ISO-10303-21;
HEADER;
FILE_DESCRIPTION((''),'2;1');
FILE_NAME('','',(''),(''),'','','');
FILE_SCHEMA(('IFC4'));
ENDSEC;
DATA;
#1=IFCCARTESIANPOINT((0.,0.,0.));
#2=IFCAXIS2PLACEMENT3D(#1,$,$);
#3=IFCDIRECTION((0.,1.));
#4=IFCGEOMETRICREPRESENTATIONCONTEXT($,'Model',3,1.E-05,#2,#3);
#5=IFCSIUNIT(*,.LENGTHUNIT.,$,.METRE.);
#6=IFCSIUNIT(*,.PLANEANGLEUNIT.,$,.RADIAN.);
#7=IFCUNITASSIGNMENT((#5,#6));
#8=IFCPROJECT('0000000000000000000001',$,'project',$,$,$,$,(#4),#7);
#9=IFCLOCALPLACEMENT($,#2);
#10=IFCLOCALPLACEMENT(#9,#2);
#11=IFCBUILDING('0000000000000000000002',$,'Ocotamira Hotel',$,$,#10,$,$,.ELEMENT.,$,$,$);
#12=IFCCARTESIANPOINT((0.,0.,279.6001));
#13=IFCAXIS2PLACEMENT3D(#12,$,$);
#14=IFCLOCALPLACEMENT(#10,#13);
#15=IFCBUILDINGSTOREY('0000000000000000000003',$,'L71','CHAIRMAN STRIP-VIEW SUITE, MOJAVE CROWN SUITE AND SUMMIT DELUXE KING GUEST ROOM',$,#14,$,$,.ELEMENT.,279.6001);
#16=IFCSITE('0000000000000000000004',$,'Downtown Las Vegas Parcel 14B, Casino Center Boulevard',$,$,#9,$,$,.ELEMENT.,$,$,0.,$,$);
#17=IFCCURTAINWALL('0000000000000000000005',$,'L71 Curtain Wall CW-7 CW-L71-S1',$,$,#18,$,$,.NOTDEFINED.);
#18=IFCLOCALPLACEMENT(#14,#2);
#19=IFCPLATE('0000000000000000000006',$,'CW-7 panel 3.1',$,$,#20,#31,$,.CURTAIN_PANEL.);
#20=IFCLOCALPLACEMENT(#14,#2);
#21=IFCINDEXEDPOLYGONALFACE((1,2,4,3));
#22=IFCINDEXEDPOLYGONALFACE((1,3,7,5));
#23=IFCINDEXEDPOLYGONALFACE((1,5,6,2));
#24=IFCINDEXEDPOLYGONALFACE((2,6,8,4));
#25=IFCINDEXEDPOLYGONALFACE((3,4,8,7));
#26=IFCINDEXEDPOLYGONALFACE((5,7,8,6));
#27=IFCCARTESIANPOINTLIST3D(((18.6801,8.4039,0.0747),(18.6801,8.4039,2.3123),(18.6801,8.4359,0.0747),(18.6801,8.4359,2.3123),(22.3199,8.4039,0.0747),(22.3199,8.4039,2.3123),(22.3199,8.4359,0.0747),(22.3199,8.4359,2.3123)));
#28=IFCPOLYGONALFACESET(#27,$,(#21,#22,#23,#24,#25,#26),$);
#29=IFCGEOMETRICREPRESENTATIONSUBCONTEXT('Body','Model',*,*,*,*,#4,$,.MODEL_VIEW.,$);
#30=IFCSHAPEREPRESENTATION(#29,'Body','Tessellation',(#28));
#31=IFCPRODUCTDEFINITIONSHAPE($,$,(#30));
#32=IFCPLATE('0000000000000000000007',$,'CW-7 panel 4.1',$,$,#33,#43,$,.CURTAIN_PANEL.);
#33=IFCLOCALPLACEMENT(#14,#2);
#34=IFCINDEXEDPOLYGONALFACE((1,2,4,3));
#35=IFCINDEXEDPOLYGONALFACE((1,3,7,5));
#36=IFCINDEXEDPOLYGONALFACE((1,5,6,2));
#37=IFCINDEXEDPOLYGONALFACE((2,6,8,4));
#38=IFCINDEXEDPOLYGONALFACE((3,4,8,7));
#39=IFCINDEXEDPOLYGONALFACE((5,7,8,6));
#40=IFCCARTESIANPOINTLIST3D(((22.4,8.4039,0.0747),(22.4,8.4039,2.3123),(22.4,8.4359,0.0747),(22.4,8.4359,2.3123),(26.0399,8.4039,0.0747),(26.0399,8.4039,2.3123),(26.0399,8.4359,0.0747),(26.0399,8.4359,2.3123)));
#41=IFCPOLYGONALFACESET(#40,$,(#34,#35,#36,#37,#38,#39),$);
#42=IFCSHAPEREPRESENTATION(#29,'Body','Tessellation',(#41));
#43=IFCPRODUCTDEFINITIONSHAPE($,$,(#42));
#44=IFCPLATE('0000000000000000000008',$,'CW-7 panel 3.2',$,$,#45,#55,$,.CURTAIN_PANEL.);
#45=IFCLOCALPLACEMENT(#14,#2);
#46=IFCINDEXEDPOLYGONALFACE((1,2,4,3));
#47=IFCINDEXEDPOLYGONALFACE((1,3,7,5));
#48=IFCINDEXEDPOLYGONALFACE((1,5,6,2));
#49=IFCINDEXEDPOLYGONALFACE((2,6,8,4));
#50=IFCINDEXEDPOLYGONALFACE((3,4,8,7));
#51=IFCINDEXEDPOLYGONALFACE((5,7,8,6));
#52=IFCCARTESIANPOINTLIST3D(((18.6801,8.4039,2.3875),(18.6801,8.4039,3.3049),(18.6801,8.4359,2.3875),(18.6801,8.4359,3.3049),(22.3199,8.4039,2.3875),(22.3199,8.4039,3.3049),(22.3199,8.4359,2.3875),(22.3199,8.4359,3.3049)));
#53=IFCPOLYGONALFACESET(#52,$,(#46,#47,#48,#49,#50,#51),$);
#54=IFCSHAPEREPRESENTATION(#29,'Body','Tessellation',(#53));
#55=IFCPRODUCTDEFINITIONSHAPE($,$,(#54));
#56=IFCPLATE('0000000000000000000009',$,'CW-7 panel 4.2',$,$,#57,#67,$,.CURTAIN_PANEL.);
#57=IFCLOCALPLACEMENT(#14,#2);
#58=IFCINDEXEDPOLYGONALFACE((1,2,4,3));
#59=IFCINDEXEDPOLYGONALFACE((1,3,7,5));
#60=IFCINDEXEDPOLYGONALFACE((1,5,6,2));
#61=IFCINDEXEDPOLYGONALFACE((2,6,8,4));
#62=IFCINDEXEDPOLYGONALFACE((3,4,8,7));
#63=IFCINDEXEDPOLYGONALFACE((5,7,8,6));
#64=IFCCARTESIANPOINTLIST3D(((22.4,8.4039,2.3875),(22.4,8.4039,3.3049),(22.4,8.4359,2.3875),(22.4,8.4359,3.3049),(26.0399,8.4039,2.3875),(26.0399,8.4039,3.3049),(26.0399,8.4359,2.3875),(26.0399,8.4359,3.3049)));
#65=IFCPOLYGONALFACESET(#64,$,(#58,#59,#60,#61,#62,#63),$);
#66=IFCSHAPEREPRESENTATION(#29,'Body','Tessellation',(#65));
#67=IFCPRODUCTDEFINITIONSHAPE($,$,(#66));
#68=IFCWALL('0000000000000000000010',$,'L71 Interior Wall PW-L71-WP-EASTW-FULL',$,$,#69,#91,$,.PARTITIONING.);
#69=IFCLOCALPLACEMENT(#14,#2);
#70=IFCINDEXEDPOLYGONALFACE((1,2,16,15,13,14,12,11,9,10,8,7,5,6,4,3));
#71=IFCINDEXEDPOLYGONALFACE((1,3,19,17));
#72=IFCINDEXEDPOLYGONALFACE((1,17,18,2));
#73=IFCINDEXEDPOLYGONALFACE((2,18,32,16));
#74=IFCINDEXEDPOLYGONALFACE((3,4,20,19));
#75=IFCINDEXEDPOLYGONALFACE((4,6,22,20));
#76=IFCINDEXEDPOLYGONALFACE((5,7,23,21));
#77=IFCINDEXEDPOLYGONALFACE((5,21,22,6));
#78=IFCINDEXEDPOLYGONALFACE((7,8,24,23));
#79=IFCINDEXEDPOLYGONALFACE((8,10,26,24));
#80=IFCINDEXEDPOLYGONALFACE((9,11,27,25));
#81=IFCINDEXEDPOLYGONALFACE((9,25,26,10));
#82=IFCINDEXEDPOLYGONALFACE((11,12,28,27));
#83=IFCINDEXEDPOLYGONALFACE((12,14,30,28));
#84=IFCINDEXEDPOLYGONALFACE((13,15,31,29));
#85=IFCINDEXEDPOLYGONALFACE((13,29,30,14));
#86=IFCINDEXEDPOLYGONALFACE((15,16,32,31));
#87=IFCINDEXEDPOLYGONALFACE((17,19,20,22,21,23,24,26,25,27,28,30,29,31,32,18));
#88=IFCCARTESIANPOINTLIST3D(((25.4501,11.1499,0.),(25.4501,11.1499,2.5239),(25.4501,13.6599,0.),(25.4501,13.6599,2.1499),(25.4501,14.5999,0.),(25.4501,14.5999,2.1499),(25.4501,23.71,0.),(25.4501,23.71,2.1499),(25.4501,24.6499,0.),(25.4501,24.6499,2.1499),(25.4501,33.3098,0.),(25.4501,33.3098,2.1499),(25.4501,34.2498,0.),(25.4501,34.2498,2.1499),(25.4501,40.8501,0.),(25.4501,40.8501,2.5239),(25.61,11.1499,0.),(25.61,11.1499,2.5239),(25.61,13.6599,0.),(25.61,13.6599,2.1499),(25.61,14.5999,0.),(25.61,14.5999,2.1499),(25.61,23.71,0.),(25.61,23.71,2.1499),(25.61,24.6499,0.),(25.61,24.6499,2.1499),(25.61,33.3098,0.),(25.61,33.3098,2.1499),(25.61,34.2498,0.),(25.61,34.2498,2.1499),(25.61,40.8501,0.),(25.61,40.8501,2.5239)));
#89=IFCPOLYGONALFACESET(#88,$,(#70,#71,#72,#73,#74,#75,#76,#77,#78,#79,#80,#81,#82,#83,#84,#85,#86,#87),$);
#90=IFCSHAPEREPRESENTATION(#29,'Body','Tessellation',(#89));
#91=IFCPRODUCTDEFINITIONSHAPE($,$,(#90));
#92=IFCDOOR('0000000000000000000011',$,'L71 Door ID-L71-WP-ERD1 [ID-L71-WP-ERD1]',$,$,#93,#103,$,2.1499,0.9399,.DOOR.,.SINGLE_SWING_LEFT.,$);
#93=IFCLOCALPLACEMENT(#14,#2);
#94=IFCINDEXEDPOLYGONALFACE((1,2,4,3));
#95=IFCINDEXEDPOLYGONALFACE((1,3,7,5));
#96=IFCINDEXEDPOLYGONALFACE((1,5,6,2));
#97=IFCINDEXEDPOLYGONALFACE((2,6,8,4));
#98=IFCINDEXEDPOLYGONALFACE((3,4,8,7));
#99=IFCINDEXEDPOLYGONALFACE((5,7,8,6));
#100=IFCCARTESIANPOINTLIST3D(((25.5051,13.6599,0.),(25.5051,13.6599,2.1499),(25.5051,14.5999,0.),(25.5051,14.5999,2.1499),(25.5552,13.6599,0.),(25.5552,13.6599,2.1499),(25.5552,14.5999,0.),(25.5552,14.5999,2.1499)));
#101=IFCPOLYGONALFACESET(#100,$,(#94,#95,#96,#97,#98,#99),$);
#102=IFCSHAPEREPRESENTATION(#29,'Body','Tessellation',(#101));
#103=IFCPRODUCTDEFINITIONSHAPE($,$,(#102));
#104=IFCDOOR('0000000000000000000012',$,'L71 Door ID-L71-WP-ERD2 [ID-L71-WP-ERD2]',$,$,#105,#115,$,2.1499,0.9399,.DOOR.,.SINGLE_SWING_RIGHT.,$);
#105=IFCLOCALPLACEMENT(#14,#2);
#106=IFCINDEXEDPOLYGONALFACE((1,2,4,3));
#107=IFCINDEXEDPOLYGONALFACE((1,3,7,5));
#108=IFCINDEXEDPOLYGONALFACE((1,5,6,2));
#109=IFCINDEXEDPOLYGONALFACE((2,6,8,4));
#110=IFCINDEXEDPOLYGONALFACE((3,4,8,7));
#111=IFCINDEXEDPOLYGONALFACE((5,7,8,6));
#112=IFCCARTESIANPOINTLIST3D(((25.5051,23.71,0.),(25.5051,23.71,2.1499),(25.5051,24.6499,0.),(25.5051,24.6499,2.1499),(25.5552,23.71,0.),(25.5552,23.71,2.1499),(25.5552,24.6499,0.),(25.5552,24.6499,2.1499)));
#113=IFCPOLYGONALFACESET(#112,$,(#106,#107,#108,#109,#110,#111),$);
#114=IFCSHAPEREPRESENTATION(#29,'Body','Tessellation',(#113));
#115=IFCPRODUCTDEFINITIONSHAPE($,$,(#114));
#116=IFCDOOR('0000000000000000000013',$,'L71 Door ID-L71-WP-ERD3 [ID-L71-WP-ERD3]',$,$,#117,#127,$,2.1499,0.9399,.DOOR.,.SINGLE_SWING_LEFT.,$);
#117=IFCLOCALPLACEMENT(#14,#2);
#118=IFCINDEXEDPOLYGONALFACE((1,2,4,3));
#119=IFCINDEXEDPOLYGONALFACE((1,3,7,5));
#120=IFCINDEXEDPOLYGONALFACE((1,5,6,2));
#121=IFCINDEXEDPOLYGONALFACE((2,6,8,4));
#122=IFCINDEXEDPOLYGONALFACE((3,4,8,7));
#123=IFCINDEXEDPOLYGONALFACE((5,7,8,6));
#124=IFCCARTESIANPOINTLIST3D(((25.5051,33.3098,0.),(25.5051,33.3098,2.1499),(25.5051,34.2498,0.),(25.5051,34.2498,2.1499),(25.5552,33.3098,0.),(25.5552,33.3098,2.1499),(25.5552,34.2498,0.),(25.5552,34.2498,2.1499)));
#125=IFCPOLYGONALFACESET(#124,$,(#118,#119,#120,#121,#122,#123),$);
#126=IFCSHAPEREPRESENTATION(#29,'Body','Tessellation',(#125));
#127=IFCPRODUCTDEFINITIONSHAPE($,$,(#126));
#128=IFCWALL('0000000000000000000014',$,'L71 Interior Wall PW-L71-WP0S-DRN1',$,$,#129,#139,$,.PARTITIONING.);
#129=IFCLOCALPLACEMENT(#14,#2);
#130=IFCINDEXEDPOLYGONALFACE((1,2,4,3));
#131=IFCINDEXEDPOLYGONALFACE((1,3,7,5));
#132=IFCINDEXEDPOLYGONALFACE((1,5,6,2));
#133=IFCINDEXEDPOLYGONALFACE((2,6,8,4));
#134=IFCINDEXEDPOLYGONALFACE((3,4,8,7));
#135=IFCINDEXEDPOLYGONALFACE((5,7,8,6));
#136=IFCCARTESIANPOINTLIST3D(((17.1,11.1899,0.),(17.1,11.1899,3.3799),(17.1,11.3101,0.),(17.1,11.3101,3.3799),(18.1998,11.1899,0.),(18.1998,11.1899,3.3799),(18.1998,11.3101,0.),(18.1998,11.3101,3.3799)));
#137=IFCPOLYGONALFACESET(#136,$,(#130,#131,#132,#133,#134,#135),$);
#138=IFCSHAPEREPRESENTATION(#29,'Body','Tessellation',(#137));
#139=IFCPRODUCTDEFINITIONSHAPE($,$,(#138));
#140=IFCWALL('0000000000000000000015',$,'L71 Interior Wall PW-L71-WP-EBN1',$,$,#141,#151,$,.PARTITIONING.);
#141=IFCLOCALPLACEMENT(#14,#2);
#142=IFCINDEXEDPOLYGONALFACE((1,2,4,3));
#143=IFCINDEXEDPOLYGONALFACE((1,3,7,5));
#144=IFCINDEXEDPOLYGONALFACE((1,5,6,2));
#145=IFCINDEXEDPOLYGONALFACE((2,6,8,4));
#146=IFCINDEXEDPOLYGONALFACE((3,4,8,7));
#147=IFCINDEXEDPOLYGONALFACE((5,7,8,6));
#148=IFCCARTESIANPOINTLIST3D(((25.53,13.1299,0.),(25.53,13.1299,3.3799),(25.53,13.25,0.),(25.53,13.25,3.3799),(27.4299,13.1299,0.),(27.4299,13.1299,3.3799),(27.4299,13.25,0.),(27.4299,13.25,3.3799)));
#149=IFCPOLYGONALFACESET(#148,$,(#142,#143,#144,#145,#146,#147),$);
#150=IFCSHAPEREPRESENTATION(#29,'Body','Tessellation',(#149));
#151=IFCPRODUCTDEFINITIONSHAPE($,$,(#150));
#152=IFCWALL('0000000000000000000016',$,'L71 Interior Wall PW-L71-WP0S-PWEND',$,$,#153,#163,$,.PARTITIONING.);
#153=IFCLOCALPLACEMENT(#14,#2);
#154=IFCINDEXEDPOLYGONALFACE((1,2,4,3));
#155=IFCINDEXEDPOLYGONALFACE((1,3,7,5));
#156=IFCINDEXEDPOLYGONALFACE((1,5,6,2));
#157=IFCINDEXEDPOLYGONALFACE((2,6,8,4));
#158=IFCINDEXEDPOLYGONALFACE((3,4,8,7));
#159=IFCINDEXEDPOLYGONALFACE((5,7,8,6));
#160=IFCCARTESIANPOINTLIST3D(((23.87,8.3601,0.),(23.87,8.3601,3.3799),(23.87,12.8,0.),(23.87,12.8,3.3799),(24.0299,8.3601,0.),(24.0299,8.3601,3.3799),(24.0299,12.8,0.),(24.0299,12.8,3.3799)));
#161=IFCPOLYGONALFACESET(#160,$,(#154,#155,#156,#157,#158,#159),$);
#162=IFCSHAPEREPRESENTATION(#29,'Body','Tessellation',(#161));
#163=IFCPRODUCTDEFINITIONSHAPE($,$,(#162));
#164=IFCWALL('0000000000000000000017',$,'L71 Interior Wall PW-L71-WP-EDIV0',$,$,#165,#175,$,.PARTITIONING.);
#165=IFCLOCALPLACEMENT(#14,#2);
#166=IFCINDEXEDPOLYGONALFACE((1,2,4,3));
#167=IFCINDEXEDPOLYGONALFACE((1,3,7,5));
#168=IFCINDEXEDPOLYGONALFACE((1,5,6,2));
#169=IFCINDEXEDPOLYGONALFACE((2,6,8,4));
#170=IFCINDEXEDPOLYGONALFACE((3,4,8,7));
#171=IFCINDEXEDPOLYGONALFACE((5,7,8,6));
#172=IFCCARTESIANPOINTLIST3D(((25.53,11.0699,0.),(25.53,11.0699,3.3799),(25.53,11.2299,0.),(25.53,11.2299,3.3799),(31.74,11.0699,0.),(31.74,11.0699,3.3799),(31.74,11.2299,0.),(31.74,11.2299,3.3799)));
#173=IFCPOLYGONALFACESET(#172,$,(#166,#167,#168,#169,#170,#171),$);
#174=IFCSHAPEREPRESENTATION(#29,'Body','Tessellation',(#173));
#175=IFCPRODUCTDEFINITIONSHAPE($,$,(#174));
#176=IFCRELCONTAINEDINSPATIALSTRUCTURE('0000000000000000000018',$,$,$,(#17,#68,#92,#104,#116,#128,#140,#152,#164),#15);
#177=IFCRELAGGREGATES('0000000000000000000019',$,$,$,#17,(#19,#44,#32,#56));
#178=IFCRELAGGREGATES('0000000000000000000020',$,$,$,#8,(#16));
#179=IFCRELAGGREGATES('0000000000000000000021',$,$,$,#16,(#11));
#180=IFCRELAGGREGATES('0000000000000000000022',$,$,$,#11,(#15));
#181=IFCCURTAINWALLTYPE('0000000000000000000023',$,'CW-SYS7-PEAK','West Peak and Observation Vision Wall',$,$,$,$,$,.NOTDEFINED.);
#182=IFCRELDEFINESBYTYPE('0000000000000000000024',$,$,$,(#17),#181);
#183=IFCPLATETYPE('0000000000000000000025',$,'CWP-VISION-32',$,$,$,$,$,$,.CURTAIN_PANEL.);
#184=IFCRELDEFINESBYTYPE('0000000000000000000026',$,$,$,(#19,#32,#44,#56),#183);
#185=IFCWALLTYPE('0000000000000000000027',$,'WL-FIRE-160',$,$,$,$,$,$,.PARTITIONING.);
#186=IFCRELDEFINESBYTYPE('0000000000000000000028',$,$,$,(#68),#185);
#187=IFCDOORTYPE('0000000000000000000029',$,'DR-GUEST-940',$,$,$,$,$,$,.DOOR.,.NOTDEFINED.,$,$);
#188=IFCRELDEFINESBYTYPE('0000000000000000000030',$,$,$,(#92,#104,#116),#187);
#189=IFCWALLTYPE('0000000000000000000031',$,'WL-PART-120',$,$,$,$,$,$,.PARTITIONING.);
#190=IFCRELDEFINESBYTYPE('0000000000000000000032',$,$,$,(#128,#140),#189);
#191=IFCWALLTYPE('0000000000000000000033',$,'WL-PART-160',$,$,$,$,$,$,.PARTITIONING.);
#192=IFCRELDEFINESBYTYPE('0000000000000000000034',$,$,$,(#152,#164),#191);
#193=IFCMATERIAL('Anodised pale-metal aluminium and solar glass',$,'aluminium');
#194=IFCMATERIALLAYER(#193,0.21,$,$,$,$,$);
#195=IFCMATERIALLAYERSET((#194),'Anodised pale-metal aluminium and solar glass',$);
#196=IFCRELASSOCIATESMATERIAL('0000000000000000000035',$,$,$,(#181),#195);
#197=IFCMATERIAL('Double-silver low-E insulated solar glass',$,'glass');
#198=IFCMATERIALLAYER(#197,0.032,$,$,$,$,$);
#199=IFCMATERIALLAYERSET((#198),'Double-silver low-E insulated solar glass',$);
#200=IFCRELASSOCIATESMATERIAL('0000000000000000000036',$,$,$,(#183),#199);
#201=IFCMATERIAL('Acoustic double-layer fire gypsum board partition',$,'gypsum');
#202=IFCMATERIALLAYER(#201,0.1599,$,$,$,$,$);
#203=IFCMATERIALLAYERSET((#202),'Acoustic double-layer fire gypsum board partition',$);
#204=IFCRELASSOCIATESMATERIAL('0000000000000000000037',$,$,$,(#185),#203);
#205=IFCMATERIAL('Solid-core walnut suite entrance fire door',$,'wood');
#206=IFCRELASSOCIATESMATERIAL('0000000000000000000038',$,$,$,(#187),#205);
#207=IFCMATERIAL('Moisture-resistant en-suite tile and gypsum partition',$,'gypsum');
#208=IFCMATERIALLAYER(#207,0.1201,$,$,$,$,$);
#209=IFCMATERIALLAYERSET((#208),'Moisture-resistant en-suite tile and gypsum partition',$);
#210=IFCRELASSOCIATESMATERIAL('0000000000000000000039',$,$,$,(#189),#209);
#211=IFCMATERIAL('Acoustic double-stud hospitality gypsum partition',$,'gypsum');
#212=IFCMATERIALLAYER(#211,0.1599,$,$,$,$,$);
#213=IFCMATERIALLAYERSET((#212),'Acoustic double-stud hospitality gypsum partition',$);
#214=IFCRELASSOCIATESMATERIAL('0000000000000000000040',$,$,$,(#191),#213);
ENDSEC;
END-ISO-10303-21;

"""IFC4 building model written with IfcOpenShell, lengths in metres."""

from ifc_helpers import new_model, si_unit, direction, frame, frame_2d, origin, origin_2d, place, context, subcontext, project, spatial, rectangle, extrude, source, transform, mapped, material, layer, layer_set, type_object, element, fill, aggregate, save


model = new_model("IFC4")

# Units and contexts
model_context = context("Model", 3, precision=1e-05, world=origin(), true_north=direction((0.0, 1.0)))
body_context = subcontext(model_context, "Body", "Model", "MODEL_VIEW")
ifc_project = project(units=[si_unit("LENGTHUNIT", "METRE"), si_unit("PLANEANGLEUNIT", "RADIAN")], contexts=[model_context])

# Site, building, storey
site_placement = place(None, origin())
site = spatial("IfcSite", under=ifc_project, at=site_placement, Name="Downtown Las Vegas Parcel 14B, Casino Center Boulevard", CompositionType="ELEMENT", RefElevation=0.0)
building_placement = place(site_placement, origin())
building = spatial("IfcBuilding", under=site, at=building_placement, Name="Ocotamira Hotel", CompositionType="ELEMENT")
storey_placement = place(building_placement, frame((0.0, 0.0, 279.6001)))
storey = spatial("IfcBuildingStorey", under=building, at=storey_placement, Name="L71", Description="CHAIRMAN STRIP-VIEW SUITE, MOJAVE CROWN SUITE AND SUMMIT DELUXE KING GUEST ROOM", CompositionType="ELEMENT", Elevation=279.6001)

# Curtain wall, plates
ifc_material_1 = material(Name="Anodised pale-metal aluminium and solar glass", Category="aluminium")
ifc_layer_1 = layer(ifc_material_1, 0.21)
ifc_layer_set_1 = layer_set([ifc_layer_1], Name="Anodised pale-metal aluminium and solar glass")
curtain_wall_type = type_object("IfcCurtainWallType", Name="CW-SYS7-PEAK", Description="West Peak and Observation Vision Wall", PredefinedType="NOTDEFINED", material=ifc_layer_set_1)
curtain_wall_placement = place(storey_placement, origin())
curtain_wall = element("IfcCurtainWall", 1, at=curtain_wall_placement, inside=storey, type_object=curtain_wall_type, Name="L71 Curtain Wall CW-7 CW-L71-S1", PredefinedType="NOTDEFINED")
ifc_material_2 = material(Name="Double-silver low-E insulated solar glass", Category="glass")
ifc_layer_2 = layer(ifc_material_2, 0.032)
ifc_layer_set_2 = layer_set([ifc_layer_2], Name="Double-silver low-E insulated solar glass")
plate_type = type_object("IfcPlateType", Name="CWP-VISION-32", PredefinedType="CURTAIN_PANEL", material=ifc_layer_set_2)
shared_shape_1 = source(origin(), body_context, "Body", "SweptSolid", [
    extrude(rectangle(XDim=3.6399, YDim=0.032, at=origin_2d()), origin(), (0.0, 0.0, 1.0), 2.2375),
])
plate_1_placement = place(storey_placement, frame((20.5, 8.4199, 0.0747), z_axis=(0.0, 0.0, 1.0), x_axis=(1.0, 0.0, 0.0)))
plate_1 = element("IfcPlate", 2, at=plate_1_placement, type_object=plate_type, Name="CW-7 panel 3.1", PredefinedType="CURTAIN_PANEL", context=body_context, shape_type="MappedRepresentation", body=[
    mapped(shared_shape_1, transform((0.0, 0.0, 0.0), scale=1.0)),
])
plate_2_placement = place(storey_placement, frame((24.22, 8.4199, 0.0747), z_axis=(0.0, 0.0, 1.0), x_axis=(1.0, 0.0, 0.0)))
plate_2 = element("IfcPlate", 3, at=plate_2_placement, type_object=plate_type, Name="CW-7 panel 4.1", PredefinedType="CURTAIN_PANEL", context=body_context, shape_type="MappedRepresentation", body=[
    mapped(shared_shape_1, transform((0.0, 0.0, 0.0), scale=1.0)),
])
shared_shape_2 = source(origin(), body_context, "Body", "SweptSolid", [
    extrude(rectangle(XDim=3.6399, YDim=0.032, at=origin_2d()), origin(), (0.0, 0.0, 1.0), 0.9175),
])
plate_3_placement = place(storey_placement, frame((20.5, 8.4199, 2.3875), z_axis=(0.0, 0.0, 1.0), x_axis=(1.0, 0.0, 0.0)))
plate_3 = element("IfcPlate", 4, at=plate_3_placement, type_object=plate_type, Name="CW-7 panel 3.2", PredefinedType="CURTAIN_PANEL", context=body_context, shape_type="MappedRepresentation", body=[
    mapped(shared_shape_2, transform((0.0, 0.0, 0.0), scale=1.0)),
])
plate_4_placement = place(storey_placement, frame((24.22, 8.4199, 2.3875), z_axis=(0.0, 0.0, 1.0), x_axis=(1.0, 0.0, 0.0)))
plate_4 = element("IfcPlate", 5, at=plate_4_placement, type_object=plate_type, Name="CW-7 panel 4.2", PredefinedType="CURTAIN_PANEL", context=body_context, shape_type="MappedRepresentation", body=[
    mapped(shared_shape_2, transform((0.0, 0.0, 0.0), scale=1.0)),
])
aggregate(curtain_wall, [plate_1, plate_3, plate_2, plate_4])

# Wall, openings, doors
ifc_material_3 = material(Name="Acoustic double-layer fire gypsum board partition", Category="gypsum")
ifc_layer_3 = layer(ifc_material_3, 0.1599)
ifc_layer_set_3 = layer_set([ifc_layer_3], Name="Acoustic double-layer fire gypsum board partition")
wall_type_1 = type_object("IfcWallType", Name="WL-FIRE-160", PredefinedType="PARTITIONING", material=ifc_layer_set_3)
wall_1_placement = place(storey_placement, frame((25.53, 11.1499, 0.0), z_axis=(0.0, 0.0, 1.0), x_axis=(0.0, 1.0, 0.0)))
wall_1 = element("IfcWall", 6, at=wall_1_placement, inside=storey, type_object=wall_type_1, Name="L71 Interior Wall PW-L71-WP-EASTW-FULL", PredefinedType="PARTITIONING", context=body_context, shape_type="SweptSolid", body=[
    extrude(rectangle(XDim=29.7002, YDim=0.1599, at=frame_2d((14.8501, 0.0))), origin(), (0.0, 0.0, 1.0), 2.5239),
])
opening_1_placement = place(wall_1_placement, frame((2.51, 0.0, 0.0)))
opening_1 = element("IfcOpeningElement", 7, at=opening_1_placement, cuts=wall_1, PredefinedType="OPENING", context=body_context, shape_type="SweptSolid", body=[
    extrude(rectangle(XDim=0.9399, YDim=2.1499, at=frame_2d((0.47, 1.075))), frame((0.0, 0.0898, 0.0), z_axis=(0.0, -1.0, 0.0), x_axis=(1.0, 0.0, 0.0)), (0.0, 0.0, 1.0), 0.1799),
])
opening_2_placement = place(wall_1_placement, frame((12.5601, 0.0, 0.0)))
opening_2 = element("IfcOpeningElement", 8, at=opening_2_placement, cuts=wall_1, PredefinedType="OPENING", context=body_context, shape_type="SweptSolid", body=[
    extrude(rectangle(XDim=0.9399, YDim=2.1499, at=frame_2d((0.47, 1.075))), frame((0.0, 0.0898, 0.0), z_axis=(0.0, -1.0, 0.0), x_axis=(1.0, 0.0, 0.0)), (0.0, 0.0, 1.0), 0.1799),
])
opening_3_placement = place(wall_1_placement, frame((22.1599, 0.0, 0.0)))
opening_3 = element("IfcOpeningElement", 9, at=opening_3_placement, cuts=wall_1, PredefinedType="OPENING", context=body_context, shape_type="SweptSolid", body=[
    extrude(rectangle(XDim=0.9399, YDim=2.1499, at=frame_2d((0.47, 1.075))), frame((0.0, 0.0898, 0.0), z_axis=(0.0, -1.0, 0.0), x_axis=(1.0, 0.0, 0.0)), (0.0, 0.0, 1.0), 0.1799),
])
ifc_material_4 = material(Name="Solid-core walnut suite entrance fire door", Category="wood")
door_type = type_object("IfcDoorType", Name="DR-GUEST-940", OperationType="NOTDEFINED", PredefinedType="DOOR", material=ifc_material_4)
shared_shape_3 = source(origin(), body_context, "Body", "SweptSolid", [
    extrude(rectangle(XDim=0.9399, YDim=2.1499, at=frame_2d((0.47, 1.075))), frame((0.0, 0.0249, 0.0), z_axis=(0.0, -1.0, 0.0), x_axis=(1.0, 0.0, 0.0)), (0.0, 0.0, 1.0), 0.05),
])
door_1_placement = place(opening_1_placement, origin())
door_1 = element("IfcDoor", 10, at=door_1_placement, inside=storey, type_object=door_type, Name="L71 Door ID-L71-WP-ERD1 [ID-L71-WP-ERD1]", OperationType="SINGLE_SWING_LEFT", OverallHeight=2.1499, OverallWidth=0.9399, PredefinedType="DOOR", context=body_context, shape_type="MappedRepresentation", body=[
    mapped(shared_shape_3, transform((0.0, 0.0, 0.0), scale=1.0)),
])
fill(opening_1, door_1)
door_2_placement = place(opening_2_placement, origin())
door_2 = element("IfcDoor", 11, at=door_2_placement, inside=storey, type_object=door_type, Name="L71 Door ID-L71-WP-ERD2 [ID-L71-WP-ERD2]", OperationType="SINGLE_SWING_RIGHT", OverallHeight=2.1499, OverallWidth=0.9399, PredefinedType="DOOR", context=body_context, shape_type="MappedRepresentation", body=[
    mapped(shared_shape_3, transform((0.0, 0.0, 0.0), scale=1.0)),
])
fill(opening_2, door_2)
door_3_placement = place(opening_3_placement, origin())
door_3 = element("IfcDoor", 12, at=door_3_placement, inside=storey, type_object=door_type, Name="L71 Door ID-L71-WP-ERD3 [ID-L71-WP-ERD3]", OperationType="SINGLE_SWING_LEFT", OverallHeight=2.1499, OverallWidth=0.9399, PredefinedType="DOOR", context=body_context, shape_type="MappedRepresentation", body=[
    mapped(shared_shape_3, transform((0.0, 0.0, 0.0), scale=1.0)),
])
fill(opening_3, door_3)

# Walls
ifc_material_5 = material(Name="Moisture-resistant en-suite tile and gypsum partition", Category="gypsum")
ifc_layer_4 = layer(ifc_material_5, 0.1201)
ifc_layer_set_4 = layer_set([ifc_layer_4], Name="Moisture-resistant en-suite tile and gypsum partition")
wall_type_2 = type_object("IfcWallType", Name="WL-PART-120", PredefinedType="PARTITIONING", material=ifc_layer_set_4)
wall_2_placement = place(storey_placement, frame((17.1001, 11.25, 0.0), z_axis=(0.0, 0.0, 1.0), x_axis=(1.0, 0.0, 0.0)))
element("IfcWall", 13, at=wall_2_placement, inside=storey, type_object=wall_type_2, Name="L71 Interior Wall PW-L71-WP0S-DRN1", PredefinedType="PARTITIONING", context=body_context, shape_type="SweptSolid", body=[
    extrude(rectangle(XDim=1.0999, YDim=0.1201, at=frame_2d((0.5498, 0.0))), origin(), (0.0, 0.0, 1.0), 3.3799),
])
wall_3_placement = place(storey_placement, frame((25.53, 13.1899, 0.0), z_axis=(0.0, 0.0, 1.0), x_axis=(1.0, 0.0, 0.0)))
element("IfcWall", 14, at=wall_3_placement, inside=storey, type_object=wall_type_2, Name="L71 Interior Wall PW-L71-WP-EBN1", PredefinedType="PARTITIONING", context=body_context, shape_type="SweptSolid", body=[
    extrude(rectangle(XDim=1.8999, YDim=0.1201, at=frame_2d((0.95, 0.0))), origin(), (0.0, 0.0, 1.0), 3.3799),
])
ifc_material_6 = material(Name="Acoustic double-stud hospitality gypsum partition", Category="gypsum")
ifc_layer_5 = layer(ifc_material_6, 0.1599)
ifc_layer_set_5 = layer_set([ifc_layer_5], Name="Acoustic double-stud hospitality gypsum partition")
wall_type_3 = type_object("IfcWallType", Name="WL-PART-160", PredefinedType="PARTITIONING", material=ifc_layer_set_5)
wall_4_placement = place(storey_placement, frame((23.95, 8.3601, 0.0), z_axis=(0.0, 0.0, 1.0), x_axis=(0.0, 1.0, 0.0)))
element("IfcWall", 15, at=wall_4_placement, inside=storey, type_object=wall_type_3, Name="L71 Interior Wall PW-L71-WP0S-PWEND", PredefinedType="PARTITIONING", context=body_context, shape_type="SweptSolid", body=[
    extrude(rectangle(XDim=4.4399, YDim=0.1599, at=frame_2d((2.22, 0.0))), origin(), (0.0, 0.0, 1.0), 3.3799),
])
wall_5_placement = place(storey_placement, frame((25.53, 11.1499, 0.0), z_axis=(0.0, 0.0, 1.0), x_axis=(1.0, 0.0, 0.0)))
element("IfcWall", 16, at=wall_5_placement, inside=storey, type_object=wall_type_3, Name="L71 Interior Wall PW-L71-WP-EDIV0", PredefinedType="PARTITIONING", context=body_context, shape_type="SweptSolid", body=[
    extrude(rectangle(XDim=6.21, YDim=0.1599, at=frame_2d((3.105, 0.0))), origin(), (0.0, 0.0, 1.0), 3.3799),
])

save(model, "model.ifc")
